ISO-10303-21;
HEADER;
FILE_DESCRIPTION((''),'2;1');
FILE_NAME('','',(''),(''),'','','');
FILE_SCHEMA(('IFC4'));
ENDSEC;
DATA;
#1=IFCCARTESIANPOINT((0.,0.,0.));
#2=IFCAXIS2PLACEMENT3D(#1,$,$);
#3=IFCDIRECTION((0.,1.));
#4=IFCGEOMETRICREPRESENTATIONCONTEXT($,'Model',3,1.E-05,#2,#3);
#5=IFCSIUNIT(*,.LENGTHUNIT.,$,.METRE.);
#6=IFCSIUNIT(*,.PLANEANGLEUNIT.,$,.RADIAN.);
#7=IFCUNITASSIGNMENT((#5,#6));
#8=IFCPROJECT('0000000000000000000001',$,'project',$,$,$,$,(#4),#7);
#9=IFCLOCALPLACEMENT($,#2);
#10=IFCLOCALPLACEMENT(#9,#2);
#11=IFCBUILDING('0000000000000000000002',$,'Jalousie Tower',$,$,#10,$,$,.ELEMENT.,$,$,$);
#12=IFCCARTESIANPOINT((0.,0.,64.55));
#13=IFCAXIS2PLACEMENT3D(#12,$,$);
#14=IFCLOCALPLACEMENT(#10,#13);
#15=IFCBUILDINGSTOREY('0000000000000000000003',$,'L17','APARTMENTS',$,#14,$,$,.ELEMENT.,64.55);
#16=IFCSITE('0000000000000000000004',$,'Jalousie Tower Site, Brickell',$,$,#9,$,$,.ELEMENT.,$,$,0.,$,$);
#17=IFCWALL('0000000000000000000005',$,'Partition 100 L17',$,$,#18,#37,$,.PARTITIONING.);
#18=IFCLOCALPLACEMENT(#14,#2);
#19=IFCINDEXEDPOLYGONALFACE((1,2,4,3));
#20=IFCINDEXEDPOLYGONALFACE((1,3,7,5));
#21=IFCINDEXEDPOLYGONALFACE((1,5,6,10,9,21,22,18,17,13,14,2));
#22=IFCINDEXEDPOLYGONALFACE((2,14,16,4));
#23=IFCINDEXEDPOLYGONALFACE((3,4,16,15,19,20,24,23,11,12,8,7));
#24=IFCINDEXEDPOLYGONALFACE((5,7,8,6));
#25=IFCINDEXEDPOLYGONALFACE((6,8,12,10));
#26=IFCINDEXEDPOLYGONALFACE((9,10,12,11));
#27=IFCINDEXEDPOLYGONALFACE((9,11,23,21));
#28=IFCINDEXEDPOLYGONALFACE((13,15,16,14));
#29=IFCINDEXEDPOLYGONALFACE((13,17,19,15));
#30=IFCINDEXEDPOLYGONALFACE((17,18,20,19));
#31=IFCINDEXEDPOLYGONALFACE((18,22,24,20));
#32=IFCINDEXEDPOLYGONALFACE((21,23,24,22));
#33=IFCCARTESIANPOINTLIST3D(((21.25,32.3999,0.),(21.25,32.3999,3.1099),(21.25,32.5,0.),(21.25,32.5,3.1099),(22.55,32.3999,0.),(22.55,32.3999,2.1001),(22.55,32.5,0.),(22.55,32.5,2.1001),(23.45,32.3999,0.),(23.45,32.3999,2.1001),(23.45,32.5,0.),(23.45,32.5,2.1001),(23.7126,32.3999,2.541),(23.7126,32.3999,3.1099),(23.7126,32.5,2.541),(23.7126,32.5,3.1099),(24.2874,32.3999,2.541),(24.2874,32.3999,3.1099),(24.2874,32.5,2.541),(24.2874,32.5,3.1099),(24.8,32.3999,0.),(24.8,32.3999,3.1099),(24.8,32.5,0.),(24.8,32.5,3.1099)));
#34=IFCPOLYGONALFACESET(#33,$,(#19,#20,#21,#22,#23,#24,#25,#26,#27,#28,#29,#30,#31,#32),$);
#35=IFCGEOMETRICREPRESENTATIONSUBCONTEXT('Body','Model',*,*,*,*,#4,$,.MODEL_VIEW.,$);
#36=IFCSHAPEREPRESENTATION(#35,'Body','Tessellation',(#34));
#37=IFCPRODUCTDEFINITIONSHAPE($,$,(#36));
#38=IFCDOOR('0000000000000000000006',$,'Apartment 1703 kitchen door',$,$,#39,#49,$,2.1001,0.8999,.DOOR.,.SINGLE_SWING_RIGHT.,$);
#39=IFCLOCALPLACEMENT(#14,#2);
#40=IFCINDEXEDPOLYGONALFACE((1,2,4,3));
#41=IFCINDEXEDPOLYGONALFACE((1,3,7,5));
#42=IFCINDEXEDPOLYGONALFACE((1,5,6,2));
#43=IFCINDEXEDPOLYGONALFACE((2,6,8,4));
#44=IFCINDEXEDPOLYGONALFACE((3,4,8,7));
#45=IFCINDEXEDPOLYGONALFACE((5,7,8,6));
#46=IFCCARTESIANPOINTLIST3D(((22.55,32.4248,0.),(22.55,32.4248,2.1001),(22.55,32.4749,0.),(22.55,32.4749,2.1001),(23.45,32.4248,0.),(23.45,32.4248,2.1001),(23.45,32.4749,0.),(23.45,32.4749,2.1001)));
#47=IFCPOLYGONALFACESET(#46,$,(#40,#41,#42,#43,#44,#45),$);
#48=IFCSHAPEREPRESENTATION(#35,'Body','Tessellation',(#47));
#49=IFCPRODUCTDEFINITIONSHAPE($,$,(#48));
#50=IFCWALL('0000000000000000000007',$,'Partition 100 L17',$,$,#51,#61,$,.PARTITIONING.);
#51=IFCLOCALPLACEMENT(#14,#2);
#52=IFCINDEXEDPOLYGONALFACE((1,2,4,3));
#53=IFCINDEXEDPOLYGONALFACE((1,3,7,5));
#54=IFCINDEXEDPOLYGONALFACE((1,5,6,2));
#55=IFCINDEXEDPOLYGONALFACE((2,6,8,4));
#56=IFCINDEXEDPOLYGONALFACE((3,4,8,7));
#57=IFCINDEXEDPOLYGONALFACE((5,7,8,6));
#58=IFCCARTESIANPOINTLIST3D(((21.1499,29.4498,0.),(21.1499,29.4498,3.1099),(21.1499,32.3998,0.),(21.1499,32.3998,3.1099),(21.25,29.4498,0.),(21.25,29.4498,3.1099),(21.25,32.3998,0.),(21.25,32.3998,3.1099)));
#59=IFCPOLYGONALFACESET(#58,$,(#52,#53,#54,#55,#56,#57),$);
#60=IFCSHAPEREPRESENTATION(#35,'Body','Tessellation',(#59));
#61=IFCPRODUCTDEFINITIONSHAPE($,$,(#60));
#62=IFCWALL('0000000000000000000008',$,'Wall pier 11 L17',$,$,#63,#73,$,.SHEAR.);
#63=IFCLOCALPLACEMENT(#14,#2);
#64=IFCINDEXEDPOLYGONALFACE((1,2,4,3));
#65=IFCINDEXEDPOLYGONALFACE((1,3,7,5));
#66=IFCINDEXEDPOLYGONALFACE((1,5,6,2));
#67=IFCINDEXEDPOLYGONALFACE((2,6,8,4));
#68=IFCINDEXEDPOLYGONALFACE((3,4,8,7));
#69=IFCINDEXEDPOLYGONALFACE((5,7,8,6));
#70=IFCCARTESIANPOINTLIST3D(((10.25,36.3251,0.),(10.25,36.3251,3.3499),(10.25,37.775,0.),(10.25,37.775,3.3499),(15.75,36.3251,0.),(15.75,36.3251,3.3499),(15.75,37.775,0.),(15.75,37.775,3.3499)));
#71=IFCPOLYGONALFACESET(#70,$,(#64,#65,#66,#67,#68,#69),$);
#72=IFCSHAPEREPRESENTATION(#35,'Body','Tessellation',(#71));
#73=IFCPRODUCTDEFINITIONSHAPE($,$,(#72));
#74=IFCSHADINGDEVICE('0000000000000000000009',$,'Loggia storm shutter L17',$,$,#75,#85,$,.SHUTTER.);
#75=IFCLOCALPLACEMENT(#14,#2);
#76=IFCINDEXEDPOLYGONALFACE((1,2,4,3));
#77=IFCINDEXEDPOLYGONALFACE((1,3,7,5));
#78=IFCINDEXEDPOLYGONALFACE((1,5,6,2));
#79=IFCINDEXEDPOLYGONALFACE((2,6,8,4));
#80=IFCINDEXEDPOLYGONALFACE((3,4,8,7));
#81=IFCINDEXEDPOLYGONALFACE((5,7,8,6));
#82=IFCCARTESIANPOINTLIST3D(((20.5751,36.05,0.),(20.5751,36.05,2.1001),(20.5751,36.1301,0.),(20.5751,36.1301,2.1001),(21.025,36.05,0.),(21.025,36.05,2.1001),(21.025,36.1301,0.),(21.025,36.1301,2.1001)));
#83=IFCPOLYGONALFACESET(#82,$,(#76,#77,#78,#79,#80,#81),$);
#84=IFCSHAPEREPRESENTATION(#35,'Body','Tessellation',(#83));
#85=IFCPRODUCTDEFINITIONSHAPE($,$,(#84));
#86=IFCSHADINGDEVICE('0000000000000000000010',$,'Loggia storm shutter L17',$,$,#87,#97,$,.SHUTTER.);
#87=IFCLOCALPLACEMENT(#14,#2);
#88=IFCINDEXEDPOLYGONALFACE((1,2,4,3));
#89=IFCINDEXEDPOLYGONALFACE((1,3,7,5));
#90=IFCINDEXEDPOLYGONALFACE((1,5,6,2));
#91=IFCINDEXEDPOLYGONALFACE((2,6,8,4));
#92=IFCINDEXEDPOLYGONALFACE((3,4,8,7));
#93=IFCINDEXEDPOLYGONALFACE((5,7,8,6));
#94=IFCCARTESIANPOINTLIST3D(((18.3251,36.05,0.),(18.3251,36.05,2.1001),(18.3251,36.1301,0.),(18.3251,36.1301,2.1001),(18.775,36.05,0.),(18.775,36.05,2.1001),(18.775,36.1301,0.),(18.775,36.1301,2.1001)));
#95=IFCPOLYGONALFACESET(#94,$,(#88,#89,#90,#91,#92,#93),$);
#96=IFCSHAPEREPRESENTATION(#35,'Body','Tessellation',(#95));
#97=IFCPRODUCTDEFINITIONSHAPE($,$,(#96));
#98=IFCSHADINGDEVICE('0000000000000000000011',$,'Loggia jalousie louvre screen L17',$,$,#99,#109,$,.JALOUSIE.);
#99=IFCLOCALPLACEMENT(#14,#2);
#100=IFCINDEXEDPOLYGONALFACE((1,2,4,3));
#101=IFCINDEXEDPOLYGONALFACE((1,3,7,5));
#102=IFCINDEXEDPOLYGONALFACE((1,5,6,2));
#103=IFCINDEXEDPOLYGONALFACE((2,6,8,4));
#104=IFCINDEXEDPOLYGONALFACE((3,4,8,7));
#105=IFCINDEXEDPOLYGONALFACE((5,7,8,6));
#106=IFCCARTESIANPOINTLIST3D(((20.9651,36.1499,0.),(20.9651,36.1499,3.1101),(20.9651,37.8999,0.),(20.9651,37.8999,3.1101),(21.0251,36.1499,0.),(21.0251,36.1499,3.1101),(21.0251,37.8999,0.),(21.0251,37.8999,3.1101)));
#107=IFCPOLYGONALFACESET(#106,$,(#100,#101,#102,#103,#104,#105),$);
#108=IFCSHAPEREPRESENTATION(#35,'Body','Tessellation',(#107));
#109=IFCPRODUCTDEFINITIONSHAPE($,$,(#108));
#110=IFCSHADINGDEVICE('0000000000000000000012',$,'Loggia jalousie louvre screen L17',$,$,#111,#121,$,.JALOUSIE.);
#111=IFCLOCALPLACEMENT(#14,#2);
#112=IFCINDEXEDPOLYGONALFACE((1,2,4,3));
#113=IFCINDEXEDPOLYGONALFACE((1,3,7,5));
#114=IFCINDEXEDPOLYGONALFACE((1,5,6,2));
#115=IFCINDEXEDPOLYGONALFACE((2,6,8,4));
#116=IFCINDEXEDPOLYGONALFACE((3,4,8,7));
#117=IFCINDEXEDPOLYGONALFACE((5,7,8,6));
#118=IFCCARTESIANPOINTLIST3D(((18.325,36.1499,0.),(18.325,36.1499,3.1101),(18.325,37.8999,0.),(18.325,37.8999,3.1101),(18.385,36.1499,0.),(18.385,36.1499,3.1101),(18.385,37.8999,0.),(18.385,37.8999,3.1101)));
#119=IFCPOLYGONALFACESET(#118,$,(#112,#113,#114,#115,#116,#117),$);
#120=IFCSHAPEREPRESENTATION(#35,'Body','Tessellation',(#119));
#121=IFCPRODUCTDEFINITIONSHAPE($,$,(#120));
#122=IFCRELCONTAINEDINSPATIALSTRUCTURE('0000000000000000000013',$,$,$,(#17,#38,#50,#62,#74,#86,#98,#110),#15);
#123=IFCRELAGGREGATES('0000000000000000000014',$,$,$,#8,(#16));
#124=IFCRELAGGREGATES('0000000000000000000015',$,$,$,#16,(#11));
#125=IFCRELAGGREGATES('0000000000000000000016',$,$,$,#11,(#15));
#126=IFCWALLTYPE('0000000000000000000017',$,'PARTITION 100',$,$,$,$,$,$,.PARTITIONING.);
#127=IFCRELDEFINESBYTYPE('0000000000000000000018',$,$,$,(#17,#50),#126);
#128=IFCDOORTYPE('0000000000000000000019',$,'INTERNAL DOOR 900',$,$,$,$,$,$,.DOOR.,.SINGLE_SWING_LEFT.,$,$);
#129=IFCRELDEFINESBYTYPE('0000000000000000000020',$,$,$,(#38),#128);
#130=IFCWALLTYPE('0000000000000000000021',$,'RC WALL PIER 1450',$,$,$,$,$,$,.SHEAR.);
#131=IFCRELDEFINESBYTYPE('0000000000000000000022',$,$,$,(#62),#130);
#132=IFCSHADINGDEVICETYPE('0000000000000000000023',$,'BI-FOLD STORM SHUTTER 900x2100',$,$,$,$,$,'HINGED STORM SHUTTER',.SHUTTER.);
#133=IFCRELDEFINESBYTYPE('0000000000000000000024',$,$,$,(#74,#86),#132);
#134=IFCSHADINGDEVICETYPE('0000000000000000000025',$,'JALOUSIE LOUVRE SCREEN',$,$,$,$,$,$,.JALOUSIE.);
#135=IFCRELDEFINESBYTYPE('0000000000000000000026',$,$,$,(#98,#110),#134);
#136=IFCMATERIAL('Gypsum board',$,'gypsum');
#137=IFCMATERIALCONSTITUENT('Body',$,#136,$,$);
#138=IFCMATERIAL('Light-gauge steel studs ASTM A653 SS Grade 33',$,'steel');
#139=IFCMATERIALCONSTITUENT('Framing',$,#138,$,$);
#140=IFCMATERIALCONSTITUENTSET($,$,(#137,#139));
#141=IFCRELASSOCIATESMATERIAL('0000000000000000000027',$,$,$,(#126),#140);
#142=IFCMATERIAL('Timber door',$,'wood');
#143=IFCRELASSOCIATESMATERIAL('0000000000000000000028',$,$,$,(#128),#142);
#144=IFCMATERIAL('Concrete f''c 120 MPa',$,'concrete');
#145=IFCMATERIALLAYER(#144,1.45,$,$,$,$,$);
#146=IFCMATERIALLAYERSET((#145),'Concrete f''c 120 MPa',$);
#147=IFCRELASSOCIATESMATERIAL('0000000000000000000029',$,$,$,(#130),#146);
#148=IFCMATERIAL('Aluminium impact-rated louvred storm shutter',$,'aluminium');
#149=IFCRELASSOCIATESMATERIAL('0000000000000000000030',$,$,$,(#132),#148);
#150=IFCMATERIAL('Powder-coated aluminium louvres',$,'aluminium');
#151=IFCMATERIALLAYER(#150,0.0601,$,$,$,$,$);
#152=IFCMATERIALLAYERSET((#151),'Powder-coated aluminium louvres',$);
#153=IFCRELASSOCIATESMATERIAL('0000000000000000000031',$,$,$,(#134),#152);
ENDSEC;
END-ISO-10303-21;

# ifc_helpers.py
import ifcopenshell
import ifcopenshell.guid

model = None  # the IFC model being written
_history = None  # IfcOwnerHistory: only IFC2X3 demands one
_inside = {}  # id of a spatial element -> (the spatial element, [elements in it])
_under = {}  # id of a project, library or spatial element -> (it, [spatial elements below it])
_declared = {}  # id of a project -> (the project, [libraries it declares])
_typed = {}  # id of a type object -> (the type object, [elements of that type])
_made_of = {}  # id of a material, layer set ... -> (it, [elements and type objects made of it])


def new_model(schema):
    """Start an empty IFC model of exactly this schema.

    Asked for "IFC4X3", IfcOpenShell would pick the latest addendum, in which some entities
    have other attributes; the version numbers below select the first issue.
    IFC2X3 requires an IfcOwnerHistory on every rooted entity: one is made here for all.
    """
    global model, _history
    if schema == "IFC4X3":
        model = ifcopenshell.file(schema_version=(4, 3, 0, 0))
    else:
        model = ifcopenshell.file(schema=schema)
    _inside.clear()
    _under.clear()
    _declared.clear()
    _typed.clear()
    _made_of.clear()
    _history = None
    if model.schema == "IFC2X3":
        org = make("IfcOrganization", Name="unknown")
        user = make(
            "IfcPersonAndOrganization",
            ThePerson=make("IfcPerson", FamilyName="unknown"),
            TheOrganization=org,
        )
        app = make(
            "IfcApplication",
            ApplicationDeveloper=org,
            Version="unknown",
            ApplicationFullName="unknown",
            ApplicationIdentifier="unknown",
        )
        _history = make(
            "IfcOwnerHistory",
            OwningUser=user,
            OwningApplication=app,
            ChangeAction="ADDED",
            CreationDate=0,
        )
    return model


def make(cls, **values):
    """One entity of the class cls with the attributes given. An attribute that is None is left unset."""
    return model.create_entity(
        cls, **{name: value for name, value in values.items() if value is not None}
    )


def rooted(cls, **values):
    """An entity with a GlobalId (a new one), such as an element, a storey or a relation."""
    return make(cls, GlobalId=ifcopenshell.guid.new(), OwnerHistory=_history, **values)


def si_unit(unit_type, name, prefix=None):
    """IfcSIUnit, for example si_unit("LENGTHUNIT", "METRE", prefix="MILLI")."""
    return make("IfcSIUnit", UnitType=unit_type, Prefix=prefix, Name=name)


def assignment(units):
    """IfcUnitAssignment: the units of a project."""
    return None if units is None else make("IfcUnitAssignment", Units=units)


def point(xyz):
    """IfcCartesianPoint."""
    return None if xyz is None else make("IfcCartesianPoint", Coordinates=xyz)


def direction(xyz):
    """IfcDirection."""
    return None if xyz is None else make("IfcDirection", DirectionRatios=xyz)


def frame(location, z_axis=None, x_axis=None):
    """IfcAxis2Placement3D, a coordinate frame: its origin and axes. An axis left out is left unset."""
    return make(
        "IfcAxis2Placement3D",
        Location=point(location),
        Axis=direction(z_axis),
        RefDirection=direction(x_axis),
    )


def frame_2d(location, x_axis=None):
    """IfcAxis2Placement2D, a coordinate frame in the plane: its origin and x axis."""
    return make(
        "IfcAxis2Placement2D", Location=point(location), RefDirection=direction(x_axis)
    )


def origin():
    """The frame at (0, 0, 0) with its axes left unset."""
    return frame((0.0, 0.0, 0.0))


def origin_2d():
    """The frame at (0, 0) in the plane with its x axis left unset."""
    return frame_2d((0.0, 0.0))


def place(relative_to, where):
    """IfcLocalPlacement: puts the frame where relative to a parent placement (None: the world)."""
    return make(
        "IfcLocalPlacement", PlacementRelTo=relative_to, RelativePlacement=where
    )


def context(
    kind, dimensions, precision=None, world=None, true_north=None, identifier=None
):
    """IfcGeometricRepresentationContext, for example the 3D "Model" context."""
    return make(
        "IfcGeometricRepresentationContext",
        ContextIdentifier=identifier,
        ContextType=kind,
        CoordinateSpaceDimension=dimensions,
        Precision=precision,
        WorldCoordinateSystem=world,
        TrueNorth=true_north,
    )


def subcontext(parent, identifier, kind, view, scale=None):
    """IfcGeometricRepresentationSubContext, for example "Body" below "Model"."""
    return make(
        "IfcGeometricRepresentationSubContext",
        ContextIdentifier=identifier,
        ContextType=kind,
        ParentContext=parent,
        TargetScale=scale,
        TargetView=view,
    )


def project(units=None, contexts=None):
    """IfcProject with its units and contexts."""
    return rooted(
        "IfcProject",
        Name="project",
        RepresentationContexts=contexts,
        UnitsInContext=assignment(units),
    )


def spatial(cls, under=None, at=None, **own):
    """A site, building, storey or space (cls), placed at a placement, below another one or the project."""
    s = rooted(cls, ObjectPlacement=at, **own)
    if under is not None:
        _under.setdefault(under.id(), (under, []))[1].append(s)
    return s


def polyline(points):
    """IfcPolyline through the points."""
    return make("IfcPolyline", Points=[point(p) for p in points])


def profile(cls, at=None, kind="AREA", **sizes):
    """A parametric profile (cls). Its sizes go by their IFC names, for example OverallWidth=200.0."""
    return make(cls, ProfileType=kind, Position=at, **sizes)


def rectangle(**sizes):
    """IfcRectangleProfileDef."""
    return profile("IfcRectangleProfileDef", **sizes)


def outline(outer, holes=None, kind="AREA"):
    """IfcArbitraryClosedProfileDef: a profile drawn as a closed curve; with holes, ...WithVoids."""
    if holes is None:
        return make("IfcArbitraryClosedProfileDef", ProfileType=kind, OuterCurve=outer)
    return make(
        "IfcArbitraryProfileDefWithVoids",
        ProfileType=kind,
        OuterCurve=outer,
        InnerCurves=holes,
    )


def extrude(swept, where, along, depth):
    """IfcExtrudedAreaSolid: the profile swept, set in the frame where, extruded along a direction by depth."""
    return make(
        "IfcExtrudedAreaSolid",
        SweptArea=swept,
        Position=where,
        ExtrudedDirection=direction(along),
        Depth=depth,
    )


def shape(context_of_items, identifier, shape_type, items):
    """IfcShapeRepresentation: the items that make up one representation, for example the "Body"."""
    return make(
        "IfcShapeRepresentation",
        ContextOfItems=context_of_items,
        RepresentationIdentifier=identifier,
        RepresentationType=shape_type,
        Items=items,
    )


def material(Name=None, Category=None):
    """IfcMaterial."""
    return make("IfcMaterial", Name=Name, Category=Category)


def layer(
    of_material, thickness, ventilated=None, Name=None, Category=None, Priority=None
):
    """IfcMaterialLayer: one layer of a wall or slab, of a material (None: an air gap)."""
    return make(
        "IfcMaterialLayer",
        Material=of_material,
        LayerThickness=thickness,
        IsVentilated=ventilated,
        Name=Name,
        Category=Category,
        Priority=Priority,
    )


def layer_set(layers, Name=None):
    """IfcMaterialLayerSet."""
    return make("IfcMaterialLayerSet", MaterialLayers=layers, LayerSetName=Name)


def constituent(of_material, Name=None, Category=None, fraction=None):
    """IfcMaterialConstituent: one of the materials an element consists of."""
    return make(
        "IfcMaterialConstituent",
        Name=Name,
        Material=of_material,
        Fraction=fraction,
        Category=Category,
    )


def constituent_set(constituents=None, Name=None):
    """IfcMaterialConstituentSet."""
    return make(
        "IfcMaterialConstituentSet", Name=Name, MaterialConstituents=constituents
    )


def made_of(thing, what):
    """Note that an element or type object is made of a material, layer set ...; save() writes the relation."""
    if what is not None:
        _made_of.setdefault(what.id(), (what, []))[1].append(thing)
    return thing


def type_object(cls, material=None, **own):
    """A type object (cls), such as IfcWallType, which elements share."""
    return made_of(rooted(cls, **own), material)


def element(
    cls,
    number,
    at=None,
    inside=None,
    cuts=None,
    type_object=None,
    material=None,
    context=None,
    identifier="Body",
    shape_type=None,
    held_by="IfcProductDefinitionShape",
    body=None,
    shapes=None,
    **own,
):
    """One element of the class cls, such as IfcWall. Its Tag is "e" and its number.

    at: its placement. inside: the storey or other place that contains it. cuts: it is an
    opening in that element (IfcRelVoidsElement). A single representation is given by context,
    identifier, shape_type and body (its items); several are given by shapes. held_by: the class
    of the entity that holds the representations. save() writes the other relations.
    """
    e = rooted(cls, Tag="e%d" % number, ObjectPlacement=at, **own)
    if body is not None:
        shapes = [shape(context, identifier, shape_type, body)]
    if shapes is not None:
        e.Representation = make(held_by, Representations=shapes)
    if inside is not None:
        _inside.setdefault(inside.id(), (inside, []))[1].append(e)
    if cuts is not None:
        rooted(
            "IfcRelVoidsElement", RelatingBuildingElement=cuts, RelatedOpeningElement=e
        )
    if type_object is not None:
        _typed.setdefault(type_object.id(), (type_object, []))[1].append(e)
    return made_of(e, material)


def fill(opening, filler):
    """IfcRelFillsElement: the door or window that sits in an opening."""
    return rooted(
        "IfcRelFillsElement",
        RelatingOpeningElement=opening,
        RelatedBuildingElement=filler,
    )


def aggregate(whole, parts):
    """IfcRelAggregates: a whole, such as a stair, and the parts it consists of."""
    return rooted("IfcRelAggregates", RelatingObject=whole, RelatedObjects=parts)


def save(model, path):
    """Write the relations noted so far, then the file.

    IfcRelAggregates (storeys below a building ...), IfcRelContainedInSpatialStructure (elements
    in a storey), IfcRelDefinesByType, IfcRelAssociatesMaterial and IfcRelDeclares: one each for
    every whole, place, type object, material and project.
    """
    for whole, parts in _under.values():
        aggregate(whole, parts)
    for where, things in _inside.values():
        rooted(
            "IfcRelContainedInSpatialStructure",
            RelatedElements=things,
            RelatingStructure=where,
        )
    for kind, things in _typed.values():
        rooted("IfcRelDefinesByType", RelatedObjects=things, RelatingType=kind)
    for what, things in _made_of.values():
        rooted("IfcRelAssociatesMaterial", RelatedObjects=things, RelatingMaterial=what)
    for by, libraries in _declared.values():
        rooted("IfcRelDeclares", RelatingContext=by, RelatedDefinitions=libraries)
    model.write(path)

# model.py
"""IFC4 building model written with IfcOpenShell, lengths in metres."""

from ifc_helpers import new_model, si_unit, direction, frame, frame_2d, origin, origin_2d, place, context, subcontext, project, spatial, polyline, rectangle, outline, extrude, material, layer, layer_set, constituent, constituent_set, type_object, element, fill, save


model = new_model("IFC4")

# Units and contexts
model_context = context("Model", 3, precision=1e-05, world=origin(), true_north=direction((0.0, 1.0)))
body_context = subcontext(model_context, "Body", "Model", "MODEL_VIEW")
ifc_project = project(units=[si_unit("LENGTHUNIT", "METRE"), si_unit("PLANEANGLEUNIT", "RADIAN")], contexts=[model_context])

# Site, building, storey
site_placement = place(None, origin())
site = spatial("IfcSite", under=ifc_project, at=site_placement, Name="Jalousie Tower Site, Brickell", CompositionType="ELEMENT", RefElevation=0.0)
building_placement = place(site_placement, origin())
building = spatial("IfcBuilding", under=site, at=building_placement, Name="Jalousie Tower", CompositionType="ELEMENT")
storey_placement = place(building_placement, frame((0.0, 0.0, 64.55)))
storey = spatial("IfcBuildingStorey", under=building, at=storey_placement, Name="L17", Description="APARTMENTS", CompositionType="ELEMENT", Elevation=64.55)

# Wall, opening, door
ifc_material_1 = material(Name="Gypsum board", Category="gypsum")
ifc_constituent_1 = constituent(ifc_material_1, Name="Body")
ifc_material_2 = material(Name="Light-gauge steel studs ASTM A653 SS Grade 33", Category="steel")
ifc_constituent_2 = constituent(ifc_material_2, Name="Framing")
ifc_constituent_set_1 = constituent_set(constituents=[ifc_constituent_1, ifc_constituent_2])
wall_type_1 = type_object("IfcWallType", Name="PARTITION 100", PredefinedType="PARTITIONING", material=ifc_constituent_set_1)
wall_1_placement = place(storey_placement, frame((21.25, 32.45, 0.0), z_axis=(0.0, 0.0, 1.0), x_axis=(1.0, 0.0, 0.0)))
wall_1 = element("IfcWall", 1, at=wall_1_placement, inside=storey, type_object=wall_type_1, Name="Partition 100 L17", PredefinedType="PARTITIONING", context=body_context, shape_type="SweptSolid", body=[
    extrude(outline(polyline([(0.0, 0.0), (3.55, 0.0), (3.55, 3.1099), (3.0374, 3.1099), (3.0374, 2.541), (2.4626, 2.541), (2.4626, 3.1099), (0.0, 3.1099), (0.0, 0.0)])), frame((0.0, 0.05, 0.0), z_axis=(0.0, -1.0, 0.0), x_axis=(1.0, 0.0, 0.0)), (0.0, 0.0, 1.0), 0.1001),
])
opening_1_placement = place(wall_1_placement, frame((1.3, 0.0, 0.0)))
opening_1 = element("IfcOpeningElement", 2, at=opening_1_placement, cuts=wall_1, PredefinedType="OPENING", context=body_context, shape_type="SweptSolid", body=[
    extrude(rectangle(XDim=0.8999, YDim=2.1001, at=frame_2d((0.45, 1.05))), frame((0.0, 0.0601, 0.0), z_axis=(0.0, -1.0, 0.0), x_axis=(1.0, 0.0, 0.0)), (0.0, 0.0, 1.0), 0.1201),
])
ifc_material_3 = material(Name="Timber door", Category="wood")
door_type_1 = type_object("IfcDoorType", Name="INTERNAL DOOR 900", OperationType="SINGLE_SWING_LEFT", PredefinedType="DOOR", material=ifc_material_3)
door_1_placement = place(opening_1_placement, origin())
door_1 = element("IfcDoor", 3, at=door_1_placement, inside=storey, type_object=door_type_1, Name="Apartment 1703 kitchen door", OperationType="SINGLE_SWING_RIGHT", OverallHeight=2.1001, OverallWidth=0.8999, PredefinedType="DOOR", context=body_context, shape_type="SweptSolid", body=[
    extrude(rectangle(XDim=0.8999, YDim=2.1001, at=frame_2d((0.45, 1.05))), frame((0.0, 0.0249, 0.0), z_axis=(0.0, -1.0, 0.0), x_axis=(1.0, 0.0, 0.0)), (0.0, 0.0, 1.0), 0.05),
])
fill(opening_1, door_1)

# Walls
wall_2_placement = place(storey_placement, frame((21.2, 32.3999, 0.0), z_axis=(0.0, 0.0, 1.0), x_axis=(0.0, -1.0, 0.0)))
element("IfcWall", 4, at=wall_2_placement, inside=storey, type_object=wall_type_1, Name="Partition 100 L17", PredefinedType="PARTITIONING", context=body_context, shape_type="SweptSolid", body=[
    extrude(rectangle(XDim=2.95, YDim=0.1001, at=frame_2d((1.4751, 0.0))), origin(), (0.0, 0.0, 1.0), 3.1099),
])
ifc_material_4 = material(Name="Concrete f'c 120 MPa", Category="concrete")
ifc_layer_1 = layer(ifc_material_4, 1.45)
ifc_layer_set_1 = layer_set([ifc_layer_1], Name="Concrete f'c 120 MPa")
wall_type_2 = type_object("IfcWallType", Name="RC WALL PIER 1450", PredefinedType="SHEAR", material=ifc_layer_set_1)
wall_3_placement = place(storey_placement, frame((10.25, 37.05, 0.0), z_axis=(0.0, 0.0, 1.0), x_axis=(1.0, 0.0, 0.0)))
element("IfcWall", 5, at=wall_3_placement, inside=storey, type_object=wall_type_2, Name="Wall pier 11 L17", PredefinedType="SHEAR", context=body_context, shape_type="SweptSolid", body=[
    extrude(rectangle(XDim=5.5, YDim=1.45, at=frame_2d((2.75, 0.0))), origin(), (0.0, 0.0, 1.0), 3.3499),
])

# Shading devices
ifc_material_5 = material(Name="Aluminium impact-rated louvred storm shutter", Category="aluminium")
shading_device_type_1 = type_object("IfcShadingDeviceType", Name="BI-FOLD STORM SHUTTER 900x2100", ElementType="HINGED STORM SHUTTER", PredefinedType="SHUTTER", material=ifc_material_5)
for number, where, z_axis, x_axis, name in (
    (6, (20.8, 36.0901, 0.0), (0.0, 0.0, 1.0), (-1.0, 0.0, 0.0), "Loggia storm shutter L17"),
    (7, (18.55, 36.0901, 0.0), (0.0, 0.0, 1.0), (-1.0, 0.0, 0.0), "Loggia storm shutter L17"),
):
    element("IfcShadingDevice", number, at=place(storey_placement, frame(where, z_axis=z_axis, x_axis=x_axis)), inside=storey, type_object=shading_device_type_1, Name=name, PredefinedType="SHUTTER", context=body_context, shape_type="SweptSolid", body=[
        extrude(rectangle(XDim=0.45, YDim=0.0801, at=origin_2d()), origin(), (0.0, 0.0, 1.0), 2.1001),
    ])
ifc_material_6 = material(Name="Powder-coated aluminium louvres", Category="aluminium")
ifc_layer_2 = layer(ifc_material_6, 0.0601)
ifc_layer_set_2 = layer_set([ifc_layer_2], Name="Powder-coated aluminium louvres")
shading_device_type_2 = type_object("IfcShadingDeviceType", Name="JALOUSIE LOUVRE SCREEN", PredefinedType="JALOUSIE", material=ifc_layer_set_2)
for number, where, z_axis, x_axis, name in (
    (8, (20.9951, 37.0249, 0.0), (0.0, 0.0, 1.0), (-1.0, 0.0, 0.0), "Loggia jalousie louvre screen L17"),
    (9, (18.355, 37.0249, 0.0), (0.0, 0.0, 1.0), (-1.0, 0.0, 0.0), "Loggia jalousie louvre screen L17"),
):
    element("IfcShadingDevice", number, at=place(storey_placement, frame(where, z_axis=z_axis, x_axis=x_axis)), inside=storey, type_object=shading_device_type_2, Name=name, PredefinedType="JALOUSIE", context=body_context, shape_type="SweptSolid", body=[
        extrude(rectangle(XDim=0.0601, YDim=1.75, at=origin_2d()), origin(), (0.0, 0.0, 1.0), 3.1101),
    ])

save(model, "model.ifc")
